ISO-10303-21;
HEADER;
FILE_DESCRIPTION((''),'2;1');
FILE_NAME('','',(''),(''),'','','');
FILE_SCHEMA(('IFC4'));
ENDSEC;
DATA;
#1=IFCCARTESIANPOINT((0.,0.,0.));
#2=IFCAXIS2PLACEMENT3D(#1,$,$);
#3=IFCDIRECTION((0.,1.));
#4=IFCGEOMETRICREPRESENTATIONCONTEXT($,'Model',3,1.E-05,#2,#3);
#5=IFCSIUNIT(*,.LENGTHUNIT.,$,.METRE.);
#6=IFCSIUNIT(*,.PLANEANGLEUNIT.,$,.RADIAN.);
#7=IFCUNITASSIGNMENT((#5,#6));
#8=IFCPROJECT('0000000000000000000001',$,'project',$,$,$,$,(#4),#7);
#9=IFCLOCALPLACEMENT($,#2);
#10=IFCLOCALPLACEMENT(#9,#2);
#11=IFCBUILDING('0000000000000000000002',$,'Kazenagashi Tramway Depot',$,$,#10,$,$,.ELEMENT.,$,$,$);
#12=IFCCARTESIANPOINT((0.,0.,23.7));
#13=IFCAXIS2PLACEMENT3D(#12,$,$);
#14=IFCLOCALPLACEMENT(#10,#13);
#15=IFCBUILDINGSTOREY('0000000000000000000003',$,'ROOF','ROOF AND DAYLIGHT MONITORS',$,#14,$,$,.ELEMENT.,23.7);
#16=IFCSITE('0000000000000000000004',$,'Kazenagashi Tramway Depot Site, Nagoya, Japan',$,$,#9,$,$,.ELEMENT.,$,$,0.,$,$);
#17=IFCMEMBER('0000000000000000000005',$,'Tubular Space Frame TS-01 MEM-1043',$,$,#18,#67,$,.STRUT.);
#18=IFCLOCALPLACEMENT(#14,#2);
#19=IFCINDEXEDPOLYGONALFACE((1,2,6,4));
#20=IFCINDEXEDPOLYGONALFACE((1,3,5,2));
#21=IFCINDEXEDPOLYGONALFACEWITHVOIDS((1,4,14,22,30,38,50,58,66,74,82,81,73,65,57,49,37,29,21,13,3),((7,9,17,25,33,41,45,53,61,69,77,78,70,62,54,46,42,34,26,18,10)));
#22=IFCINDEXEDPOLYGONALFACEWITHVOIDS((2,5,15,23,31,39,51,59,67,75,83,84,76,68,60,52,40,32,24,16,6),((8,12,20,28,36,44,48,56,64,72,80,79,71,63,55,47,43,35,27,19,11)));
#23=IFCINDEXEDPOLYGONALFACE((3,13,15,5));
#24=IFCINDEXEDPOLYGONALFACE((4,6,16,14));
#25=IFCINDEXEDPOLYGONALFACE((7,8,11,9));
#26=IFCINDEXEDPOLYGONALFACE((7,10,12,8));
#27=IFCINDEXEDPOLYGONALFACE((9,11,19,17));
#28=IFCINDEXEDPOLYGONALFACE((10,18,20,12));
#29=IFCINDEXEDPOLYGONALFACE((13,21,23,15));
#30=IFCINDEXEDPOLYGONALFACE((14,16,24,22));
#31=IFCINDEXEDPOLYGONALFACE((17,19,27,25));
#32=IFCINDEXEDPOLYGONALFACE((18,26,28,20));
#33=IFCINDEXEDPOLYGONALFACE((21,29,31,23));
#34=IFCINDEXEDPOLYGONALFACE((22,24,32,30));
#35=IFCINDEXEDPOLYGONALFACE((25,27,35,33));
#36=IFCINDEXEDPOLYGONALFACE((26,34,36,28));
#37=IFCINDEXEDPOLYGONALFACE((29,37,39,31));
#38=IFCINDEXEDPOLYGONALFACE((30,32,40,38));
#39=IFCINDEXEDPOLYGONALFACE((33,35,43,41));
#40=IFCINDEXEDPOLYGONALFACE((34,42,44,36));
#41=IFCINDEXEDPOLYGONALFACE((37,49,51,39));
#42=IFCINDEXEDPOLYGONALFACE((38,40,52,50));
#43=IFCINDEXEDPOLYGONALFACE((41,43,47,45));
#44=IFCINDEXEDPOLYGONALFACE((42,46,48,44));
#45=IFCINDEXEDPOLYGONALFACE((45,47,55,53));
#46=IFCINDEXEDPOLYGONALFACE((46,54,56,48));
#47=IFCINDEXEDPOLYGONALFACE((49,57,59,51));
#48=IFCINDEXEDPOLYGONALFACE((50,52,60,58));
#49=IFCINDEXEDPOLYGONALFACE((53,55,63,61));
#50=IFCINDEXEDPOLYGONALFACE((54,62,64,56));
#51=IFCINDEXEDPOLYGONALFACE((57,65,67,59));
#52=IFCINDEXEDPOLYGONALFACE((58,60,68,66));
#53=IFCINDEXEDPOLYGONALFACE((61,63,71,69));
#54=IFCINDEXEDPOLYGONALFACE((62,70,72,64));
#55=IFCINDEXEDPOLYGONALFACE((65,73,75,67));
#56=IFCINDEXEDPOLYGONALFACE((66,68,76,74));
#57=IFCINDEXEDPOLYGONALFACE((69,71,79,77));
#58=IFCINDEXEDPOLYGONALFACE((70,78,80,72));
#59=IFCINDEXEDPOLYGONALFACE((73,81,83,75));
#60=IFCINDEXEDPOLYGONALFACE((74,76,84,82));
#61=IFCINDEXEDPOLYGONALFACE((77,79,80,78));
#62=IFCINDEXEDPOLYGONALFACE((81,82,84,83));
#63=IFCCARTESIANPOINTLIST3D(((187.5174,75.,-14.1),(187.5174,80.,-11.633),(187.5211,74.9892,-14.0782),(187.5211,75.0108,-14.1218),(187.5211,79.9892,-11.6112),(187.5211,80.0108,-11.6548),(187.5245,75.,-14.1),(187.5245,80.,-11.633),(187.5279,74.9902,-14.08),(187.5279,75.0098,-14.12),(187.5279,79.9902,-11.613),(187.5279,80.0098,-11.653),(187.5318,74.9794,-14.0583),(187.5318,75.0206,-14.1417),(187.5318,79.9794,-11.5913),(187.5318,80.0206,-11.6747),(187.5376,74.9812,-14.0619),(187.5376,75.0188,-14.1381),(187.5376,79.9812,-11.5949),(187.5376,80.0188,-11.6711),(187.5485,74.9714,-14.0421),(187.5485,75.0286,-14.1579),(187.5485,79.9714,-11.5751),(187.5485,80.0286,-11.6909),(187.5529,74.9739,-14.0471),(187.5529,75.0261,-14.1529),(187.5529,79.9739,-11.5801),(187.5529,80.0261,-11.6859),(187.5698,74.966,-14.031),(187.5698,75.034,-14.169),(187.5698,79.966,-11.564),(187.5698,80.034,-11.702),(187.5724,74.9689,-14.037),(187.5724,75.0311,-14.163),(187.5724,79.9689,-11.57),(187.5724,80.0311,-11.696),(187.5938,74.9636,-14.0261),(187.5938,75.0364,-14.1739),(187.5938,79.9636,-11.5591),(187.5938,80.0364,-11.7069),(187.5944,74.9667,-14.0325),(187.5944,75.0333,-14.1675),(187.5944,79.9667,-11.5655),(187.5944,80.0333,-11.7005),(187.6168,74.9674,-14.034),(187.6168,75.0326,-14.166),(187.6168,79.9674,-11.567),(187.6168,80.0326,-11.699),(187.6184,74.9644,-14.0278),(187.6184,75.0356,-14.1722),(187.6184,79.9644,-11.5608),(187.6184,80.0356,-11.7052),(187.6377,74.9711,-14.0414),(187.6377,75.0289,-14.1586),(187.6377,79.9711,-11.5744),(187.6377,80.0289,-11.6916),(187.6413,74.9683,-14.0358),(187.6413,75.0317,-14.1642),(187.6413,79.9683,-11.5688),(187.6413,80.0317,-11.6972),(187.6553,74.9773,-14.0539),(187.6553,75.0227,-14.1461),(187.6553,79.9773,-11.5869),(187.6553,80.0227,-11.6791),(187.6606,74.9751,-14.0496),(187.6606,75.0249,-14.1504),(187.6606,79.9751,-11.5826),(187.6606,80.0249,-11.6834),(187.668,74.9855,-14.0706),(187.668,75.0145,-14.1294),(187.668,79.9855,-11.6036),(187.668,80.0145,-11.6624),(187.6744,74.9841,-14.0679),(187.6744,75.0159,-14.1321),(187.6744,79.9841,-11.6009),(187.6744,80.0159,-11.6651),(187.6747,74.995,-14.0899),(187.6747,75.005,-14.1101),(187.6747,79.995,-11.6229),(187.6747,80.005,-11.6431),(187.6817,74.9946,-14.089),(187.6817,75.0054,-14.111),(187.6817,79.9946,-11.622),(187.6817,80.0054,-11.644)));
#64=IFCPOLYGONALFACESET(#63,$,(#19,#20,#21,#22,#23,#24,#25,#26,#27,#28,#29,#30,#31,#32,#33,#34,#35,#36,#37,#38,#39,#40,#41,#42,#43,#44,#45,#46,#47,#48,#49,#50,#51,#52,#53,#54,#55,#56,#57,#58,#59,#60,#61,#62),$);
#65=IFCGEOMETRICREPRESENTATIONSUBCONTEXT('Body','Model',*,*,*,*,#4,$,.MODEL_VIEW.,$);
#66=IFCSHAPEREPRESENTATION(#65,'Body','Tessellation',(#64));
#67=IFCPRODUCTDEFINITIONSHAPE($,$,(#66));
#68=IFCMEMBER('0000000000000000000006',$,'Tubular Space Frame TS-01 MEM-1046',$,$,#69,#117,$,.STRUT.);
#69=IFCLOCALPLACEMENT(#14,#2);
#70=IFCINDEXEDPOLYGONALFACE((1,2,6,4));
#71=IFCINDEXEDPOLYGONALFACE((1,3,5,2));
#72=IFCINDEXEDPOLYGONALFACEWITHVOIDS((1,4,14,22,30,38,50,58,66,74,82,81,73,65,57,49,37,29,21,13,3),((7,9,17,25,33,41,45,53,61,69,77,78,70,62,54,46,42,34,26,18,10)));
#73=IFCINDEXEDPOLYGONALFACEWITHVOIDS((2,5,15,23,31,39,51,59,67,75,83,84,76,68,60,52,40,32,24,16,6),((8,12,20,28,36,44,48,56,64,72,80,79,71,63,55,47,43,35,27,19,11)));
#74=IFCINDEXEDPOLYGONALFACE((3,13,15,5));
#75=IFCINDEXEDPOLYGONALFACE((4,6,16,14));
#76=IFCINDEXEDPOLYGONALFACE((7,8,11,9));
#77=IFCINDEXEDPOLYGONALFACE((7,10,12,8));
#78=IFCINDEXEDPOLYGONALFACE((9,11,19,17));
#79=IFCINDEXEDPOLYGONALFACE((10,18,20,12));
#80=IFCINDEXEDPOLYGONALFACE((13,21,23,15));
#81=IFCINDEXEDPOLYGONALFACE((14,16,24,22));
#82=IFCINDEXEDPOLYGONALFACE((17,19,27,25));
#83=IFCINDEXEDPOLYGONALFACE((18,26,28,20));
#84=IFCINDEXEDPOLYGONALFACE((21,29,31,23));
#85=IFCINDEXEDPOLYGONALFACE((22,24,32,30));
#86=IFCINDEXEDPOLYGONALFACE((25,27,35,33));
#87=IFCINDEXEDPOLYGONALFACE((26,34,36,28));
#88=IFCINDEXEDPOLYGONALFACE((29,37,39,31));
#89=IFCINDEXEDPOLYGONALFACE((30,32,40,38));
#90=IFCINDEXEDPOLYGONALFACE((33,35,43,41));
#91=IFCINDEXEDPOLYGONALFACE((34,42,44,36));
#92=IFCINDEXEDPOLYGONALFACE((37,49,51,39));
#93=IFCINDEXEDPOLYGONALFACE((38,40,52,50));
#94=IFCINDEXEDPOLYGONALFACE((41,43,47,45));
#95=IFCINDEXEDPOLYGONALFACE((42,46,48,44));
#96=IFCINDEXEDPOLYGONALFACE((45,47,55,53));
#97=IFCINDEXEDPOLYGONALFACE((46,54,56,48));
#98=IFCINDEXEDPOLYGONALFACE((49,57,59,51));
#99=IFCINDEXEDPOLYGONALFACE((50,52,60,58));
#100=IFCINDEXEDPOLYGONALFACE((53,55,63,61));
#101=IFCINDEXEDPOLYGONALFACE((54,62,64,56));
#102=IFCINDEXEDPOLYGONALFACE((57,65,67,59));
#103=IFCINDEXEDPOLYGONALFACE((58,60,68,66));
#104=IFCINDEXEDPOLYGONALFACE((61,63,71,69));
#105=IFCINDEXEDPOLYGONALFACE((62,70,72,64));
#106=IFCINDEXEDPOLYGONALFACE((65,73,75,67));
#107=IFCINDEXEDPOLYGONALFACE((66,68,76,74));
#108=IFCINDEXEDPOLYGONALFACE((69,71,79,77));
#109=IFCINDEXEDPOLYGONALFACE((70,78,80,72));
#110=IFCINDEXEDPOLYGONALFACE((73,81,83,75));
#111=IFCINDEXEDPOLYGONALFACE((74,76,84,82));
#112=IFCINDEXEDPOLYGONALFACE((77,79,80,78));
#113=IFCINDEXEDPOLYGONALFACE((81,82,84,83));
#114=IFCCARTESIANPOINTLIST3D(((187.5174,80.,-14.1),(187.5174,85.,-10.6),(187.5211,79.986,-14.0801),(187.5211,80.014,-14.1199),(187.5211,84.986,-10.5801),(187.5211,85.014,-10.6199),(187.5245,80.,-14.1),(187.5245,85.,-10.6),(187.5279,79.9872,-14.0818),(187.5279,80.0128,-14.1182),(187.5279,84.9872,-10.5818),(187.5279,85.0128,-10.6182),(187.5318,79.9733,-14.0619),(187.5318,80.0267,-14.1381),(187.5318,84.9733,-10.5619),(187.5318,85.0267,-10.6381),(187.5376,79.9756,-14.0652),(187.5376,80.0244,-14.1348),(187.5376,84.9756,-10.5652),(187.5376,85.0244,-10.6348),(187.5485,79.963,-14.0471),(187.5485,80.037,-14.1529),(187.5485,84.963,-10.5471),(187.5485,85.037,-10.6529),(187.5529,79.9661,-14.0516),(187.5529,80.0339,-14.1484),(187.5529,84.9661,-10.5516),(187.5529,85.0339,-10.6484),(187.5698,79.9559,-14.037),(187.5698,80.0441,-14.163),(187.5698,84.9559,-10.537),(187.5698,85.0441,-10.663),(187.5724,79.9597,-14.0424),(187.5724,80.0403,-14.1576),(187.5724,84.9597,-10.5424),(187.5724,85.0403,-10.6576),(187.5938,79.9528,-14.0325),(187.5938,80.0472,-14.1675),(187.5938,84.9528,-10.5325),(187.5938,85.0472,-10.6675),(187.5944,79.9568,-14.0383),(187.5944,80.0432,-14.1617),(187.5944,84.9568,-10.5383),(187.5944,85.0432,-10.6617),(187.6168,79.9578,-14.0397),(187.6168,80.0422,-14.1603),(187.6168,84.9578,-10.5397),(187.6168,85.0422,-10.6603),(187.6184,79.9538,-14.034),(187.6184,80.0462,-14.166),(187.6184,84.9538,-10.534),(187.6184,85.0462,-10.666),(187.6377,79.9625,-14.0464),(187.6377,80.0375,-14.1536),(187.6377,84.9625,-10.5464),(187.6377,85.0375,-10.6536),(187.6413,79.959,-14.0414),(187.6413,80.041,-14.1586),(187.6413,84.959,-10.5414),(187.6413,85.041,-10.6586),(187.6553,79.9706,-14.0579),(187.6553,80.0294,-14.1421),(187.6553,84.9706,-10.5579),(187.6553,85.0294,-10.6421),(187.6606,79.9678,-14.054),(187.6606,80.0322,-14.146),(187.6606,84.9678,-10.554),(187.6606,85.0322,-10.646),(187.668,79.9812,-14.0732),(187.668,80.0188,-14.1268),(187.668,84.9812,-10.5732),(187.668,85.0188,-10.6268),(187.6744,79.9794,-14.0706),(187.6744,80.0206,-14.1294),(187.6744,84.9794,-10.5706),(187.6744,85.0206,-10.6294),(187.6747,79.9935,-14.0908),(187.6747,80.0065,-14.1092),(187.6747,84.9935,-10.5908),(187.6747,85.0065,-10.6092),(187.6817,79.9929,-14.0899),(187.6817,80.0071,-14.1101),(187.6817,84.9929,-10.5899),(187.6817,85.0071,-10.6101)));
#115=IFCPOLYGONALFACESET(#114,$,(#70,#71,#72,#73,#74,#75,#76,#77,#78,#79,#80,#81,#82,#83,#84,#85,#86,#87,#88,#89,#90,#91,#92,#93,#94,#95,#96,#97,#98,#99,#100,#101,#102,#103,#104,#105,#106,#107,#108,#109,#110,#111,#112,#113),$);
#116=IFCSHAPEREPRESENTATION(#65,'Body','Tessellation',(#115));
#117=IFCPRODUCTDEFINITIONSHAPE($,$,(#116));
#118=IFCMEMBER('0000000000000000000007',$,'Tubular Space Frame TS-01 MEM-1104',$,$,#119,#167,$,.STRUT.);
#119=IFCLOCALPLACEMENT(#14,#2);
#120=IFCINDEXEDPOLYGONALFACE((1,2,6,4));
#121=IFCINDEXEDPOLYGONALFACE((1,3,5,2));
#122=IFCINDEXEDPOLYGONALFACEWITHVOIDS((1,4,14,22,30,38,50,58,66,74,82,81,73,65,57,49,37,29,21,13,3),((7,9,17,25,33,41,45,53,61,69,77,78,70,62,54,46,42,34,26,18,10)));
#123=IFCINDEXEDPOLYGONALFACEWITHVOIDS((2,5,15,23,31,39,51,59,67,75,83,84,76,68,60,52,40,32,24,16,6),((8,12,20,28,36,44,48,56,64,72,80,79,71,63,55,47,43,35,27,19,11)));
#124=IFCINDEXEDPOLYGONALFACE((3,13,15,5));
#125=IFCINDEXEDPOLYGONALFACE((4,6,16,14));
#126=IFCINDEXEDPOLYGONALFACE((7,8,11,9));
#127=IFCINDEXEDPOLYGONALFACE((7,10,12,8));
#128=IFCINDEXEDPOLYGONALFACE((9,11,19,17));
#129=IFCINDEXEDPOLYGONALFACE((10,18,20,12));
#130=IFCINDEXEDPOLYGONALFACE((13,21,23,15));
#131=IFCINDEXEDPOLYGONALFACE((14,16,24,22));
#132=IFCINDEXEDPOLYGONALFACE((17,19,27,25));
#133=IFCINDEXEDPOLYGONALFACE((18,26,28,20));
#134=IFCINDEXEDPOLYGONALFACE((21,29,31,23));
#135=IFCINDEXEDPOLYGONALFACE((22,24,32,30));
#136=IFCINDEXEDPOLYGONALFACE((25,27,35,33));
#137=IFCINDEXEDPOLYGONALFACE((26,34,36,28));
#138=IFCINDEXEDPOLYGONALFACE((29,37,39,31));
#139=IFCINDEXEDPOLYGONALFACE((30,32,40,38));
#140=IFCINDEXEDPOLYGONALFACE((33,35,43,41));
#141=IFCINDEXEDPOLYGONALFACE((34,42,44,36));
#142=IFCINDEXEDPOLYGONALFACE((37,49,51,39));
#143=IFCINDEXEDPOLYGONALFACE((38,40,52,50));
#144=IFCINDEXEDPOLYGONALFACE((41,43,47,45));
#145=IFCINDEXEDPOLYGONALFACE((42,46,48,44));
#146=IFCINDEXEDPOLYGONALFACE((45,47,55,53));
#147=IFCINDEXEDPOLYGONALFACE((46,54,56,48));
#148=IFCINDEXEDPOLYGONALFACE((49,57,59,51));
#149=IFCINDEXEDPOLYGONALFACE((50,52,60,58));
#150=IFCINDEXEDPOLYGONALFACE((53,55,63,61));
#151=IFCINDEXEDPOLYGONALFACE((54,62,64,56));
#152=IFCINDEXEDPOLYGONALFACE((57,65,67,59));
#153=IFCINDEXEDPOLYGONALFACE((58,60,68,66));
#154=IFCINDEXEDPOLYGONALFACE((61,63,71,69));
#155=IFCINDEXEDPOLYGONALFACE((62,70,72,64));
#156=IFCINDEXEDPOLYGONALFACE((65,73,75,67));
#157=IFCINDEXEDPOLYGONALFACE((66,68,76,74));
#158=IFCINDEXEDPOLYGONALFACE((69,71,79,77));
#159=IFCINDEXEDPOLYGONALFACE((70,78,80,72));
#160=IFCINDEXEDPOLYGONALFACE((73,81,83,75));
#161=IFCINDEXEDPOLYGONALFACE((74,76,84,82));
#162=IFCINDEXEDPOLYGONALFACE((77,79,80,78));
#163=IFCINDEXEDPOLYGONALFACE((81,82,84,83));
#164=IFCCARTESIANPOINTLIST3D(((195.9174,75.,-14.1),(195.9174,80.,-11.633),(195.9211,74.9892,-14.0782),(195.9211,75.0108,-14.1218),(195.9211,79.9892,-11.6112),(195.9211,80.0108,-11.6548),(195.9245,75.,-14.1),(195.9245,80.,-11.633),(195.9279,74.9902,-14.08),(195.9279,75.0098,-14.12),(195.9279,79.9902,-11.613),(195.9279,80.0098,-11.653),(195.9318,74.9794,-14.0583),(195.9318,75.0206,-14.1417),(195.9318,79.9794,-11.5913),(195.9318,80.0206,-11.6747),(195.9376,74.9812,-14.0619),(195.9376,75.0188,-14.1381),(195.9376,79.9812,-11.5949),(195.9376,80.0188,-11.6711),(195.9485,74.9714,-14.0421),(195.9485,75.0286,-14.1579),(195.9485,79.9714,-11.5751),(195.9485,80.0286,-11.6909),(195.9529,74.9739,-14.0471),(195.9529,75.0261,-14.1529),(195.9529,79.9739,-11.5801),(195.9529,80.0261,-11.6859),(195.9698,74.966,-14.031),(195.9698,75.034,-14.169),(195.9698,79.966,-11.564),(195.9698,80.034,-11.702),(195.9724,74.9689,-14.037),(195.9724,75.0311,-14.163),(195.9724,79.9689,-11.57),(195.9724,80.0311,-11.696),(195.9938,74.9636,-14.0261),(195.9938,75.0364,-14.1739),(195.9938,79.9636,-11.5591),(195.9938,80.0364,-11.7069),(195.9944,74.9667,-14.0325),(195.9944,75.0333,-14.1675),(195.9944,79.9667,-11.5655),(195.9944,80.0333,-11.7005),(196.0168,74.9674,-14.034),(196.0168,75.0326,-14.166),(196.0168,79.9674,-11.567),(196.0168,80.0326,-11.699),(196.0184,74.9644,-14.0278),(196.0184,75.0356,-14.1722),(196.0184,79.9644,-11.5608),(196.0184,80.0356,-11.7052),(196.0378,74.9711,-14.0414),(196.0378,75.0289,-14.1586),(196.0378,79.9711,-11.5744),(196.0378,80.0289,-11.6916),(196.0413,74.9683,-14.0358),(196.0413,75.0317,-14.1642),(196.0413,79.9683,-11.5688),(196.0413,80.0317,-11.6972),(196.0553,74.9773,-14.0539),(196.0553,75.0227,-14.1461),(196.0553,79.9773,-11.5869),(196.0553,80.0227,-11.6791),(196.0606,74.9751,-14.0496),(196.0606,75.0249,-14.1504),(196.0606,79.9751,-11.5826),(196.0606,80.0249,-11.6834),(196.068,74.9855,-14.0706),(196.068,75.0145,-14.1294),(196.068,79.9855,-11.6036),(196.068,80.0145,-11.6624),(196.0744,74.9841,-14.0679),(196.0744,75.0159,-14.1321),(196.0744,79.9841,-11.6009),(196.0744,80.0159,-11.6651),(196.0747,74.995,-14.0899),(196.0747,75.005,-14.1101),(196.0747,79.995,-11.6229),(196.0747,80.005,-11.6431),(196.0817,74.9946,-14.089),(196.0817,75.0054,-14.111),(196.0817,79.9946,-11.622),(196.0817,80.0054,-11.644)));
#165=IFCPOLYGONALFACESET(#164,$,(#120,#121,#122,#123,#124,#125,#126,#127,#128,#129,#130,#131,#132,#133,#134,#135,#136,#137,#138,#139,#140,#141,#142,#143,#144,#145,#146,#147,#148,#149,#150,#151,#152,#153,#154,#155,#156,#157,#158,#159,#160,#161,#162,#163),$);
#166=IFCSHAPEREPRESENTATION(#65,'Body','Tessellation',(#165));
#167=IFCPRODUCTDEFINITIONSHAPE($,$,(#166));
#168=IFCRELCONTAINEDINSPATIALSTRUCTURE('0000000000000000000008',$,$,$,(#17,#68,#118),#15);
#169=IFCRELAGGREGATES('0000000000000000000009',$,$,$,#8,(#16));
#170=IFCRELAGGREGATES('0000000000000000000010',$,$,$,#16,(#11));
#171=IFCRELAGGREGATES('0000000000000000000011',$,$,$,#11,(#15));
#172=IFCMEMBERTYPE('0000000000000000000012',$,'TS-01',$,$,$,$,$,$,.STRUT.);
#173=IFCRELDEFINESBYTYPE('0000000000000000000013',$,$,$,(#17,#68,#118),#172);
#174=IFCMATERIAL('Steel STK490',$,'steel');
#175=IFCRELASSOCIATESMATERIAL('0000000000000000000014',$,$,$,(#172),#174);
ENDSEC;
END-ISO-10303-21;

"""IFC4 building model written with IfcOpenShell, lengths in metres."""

from ifc_helpers import new_model, si_unit, direction, frame, origin, origin_2d, place, context, subcontext, project, spatial, hollow_circle, extrude, material, material_profile, profile_set, type_object, element, save


model = new_model("IFC4")

# Units and contexts
model_context = context("Model", 3, precision=1e-05, world=origin(), true_north=direction((0.0, 1.0)))
body_context = subcontext(model_context, "Body", "Model", "MODEL_VIEW")
ifc_project = project(units=[si_unit("LENGTHUNIT", "METRE"), si_unit("PLANEANGLEUNIT", "RADIAN")], contexts=[model_context])

# Site, building, storey
site_placement = place(None, origin())
site = spatial("IfcSite", under=ifc_project, at=site_placement, Name="Kazenagashi Tramway Depot Site, Nagoya, Japan", CompositionType="ELEMENT", RefElevation=0.0)
building_placement = place(site_placement, origin())
building = spatial("IfcBuilding", under=site, at=building_placement, Name="Kazenagashi Tramway Depot", CompositionType="ELEMENT")
storey_placement = place(building_placement, frame((0.0, 0.0, 23.7)))
storey = spatial("IfcBuildingStorey", under=building, at=storey_placement, Name="ROOF", Description="ROOF AND DAYLIGHT MONITORS", CompositionType="ELEMENT", Elevation=23.7)

# Members
ifc_material_1 = material(Name="Steel STK490", Category="steel")
ifc_material_profile_1 = material_profile(ifc_material_1, hollow_circle(Radius=0.0826, WallThickness=0.0071, at=origin_2d()), Name="CHS-165.2x7.1")
ifc_profile_set_1 = profile_set([ifc_material_profile_1], Name="Steel STK490")
member_type_1 = type_object("IfcMemberType", Name="TS-01", PredefinedType="STRUT", material=ifc_profile_set_1)
member_1_placement = place(storey_placement, frame((187.6, 75.0, -14.1), z_axis=(0.0, 0.896782, 0.442472), x_axis=(-1.0, 0.0, 0.0)))
element("IfcMember", 1, at=member_1_placement, inside=storey, type_object=member_type_1, Name="Tubular Space Frame TS-01 MEM-1043", PredefinedType="STRUT", context=body_context, shape_type="SweptSolid", body=[
    extrude(hollow_circle(Radius=0.0826, WallThickness=0.0071, at=origin_2d()), origin(), (0.0, 0.0, 1.0), 5.5755),
])
member_2_placement = place(storey_placement, frame((187.6, 80.0, -14.1), z_axis=(0.0, 0.819232, 0.573462), x_axis=(-1.0, 0.0, 0.0)))
element("IfcMember", 2, at=member_2_placement, inside=storey, type_object=member_type_1, Name="Tubular Space Frame TS-01 MEM-1046", PredefinedType="STRUT", context=body_context, shape_type="SweptSolid", body=[
    extrude(hollow_circle(Radius=0.0826, WallThickness=0.0071, at=origin_2d()), origin(), (0.0, 0.0, 1.0), 6.1033),
])
member_3_placement = place(storey_placement, frame((196.0, 75.0, -14.1), z_axis=(0.0, 0.896782, 0.442472), x_axis=(-1.0, 0.0, 0.0)))
element("IfcMember", 3, at=member_3_placement, inside=storey, type_object=member_type_1, Name="Tubular Space Frame TS-01 MEM-1104", PredefinedType="STRUT", context=body_context, shape_type="SweptSolid", body=[
    extrude(hollow_circle(Radius=0.0826, WallThickness=0.0071, at=origin_2d()), origin(), (0.0, 0.0, 1.0), 5.5755),
])

save(model, "model.ifc")
